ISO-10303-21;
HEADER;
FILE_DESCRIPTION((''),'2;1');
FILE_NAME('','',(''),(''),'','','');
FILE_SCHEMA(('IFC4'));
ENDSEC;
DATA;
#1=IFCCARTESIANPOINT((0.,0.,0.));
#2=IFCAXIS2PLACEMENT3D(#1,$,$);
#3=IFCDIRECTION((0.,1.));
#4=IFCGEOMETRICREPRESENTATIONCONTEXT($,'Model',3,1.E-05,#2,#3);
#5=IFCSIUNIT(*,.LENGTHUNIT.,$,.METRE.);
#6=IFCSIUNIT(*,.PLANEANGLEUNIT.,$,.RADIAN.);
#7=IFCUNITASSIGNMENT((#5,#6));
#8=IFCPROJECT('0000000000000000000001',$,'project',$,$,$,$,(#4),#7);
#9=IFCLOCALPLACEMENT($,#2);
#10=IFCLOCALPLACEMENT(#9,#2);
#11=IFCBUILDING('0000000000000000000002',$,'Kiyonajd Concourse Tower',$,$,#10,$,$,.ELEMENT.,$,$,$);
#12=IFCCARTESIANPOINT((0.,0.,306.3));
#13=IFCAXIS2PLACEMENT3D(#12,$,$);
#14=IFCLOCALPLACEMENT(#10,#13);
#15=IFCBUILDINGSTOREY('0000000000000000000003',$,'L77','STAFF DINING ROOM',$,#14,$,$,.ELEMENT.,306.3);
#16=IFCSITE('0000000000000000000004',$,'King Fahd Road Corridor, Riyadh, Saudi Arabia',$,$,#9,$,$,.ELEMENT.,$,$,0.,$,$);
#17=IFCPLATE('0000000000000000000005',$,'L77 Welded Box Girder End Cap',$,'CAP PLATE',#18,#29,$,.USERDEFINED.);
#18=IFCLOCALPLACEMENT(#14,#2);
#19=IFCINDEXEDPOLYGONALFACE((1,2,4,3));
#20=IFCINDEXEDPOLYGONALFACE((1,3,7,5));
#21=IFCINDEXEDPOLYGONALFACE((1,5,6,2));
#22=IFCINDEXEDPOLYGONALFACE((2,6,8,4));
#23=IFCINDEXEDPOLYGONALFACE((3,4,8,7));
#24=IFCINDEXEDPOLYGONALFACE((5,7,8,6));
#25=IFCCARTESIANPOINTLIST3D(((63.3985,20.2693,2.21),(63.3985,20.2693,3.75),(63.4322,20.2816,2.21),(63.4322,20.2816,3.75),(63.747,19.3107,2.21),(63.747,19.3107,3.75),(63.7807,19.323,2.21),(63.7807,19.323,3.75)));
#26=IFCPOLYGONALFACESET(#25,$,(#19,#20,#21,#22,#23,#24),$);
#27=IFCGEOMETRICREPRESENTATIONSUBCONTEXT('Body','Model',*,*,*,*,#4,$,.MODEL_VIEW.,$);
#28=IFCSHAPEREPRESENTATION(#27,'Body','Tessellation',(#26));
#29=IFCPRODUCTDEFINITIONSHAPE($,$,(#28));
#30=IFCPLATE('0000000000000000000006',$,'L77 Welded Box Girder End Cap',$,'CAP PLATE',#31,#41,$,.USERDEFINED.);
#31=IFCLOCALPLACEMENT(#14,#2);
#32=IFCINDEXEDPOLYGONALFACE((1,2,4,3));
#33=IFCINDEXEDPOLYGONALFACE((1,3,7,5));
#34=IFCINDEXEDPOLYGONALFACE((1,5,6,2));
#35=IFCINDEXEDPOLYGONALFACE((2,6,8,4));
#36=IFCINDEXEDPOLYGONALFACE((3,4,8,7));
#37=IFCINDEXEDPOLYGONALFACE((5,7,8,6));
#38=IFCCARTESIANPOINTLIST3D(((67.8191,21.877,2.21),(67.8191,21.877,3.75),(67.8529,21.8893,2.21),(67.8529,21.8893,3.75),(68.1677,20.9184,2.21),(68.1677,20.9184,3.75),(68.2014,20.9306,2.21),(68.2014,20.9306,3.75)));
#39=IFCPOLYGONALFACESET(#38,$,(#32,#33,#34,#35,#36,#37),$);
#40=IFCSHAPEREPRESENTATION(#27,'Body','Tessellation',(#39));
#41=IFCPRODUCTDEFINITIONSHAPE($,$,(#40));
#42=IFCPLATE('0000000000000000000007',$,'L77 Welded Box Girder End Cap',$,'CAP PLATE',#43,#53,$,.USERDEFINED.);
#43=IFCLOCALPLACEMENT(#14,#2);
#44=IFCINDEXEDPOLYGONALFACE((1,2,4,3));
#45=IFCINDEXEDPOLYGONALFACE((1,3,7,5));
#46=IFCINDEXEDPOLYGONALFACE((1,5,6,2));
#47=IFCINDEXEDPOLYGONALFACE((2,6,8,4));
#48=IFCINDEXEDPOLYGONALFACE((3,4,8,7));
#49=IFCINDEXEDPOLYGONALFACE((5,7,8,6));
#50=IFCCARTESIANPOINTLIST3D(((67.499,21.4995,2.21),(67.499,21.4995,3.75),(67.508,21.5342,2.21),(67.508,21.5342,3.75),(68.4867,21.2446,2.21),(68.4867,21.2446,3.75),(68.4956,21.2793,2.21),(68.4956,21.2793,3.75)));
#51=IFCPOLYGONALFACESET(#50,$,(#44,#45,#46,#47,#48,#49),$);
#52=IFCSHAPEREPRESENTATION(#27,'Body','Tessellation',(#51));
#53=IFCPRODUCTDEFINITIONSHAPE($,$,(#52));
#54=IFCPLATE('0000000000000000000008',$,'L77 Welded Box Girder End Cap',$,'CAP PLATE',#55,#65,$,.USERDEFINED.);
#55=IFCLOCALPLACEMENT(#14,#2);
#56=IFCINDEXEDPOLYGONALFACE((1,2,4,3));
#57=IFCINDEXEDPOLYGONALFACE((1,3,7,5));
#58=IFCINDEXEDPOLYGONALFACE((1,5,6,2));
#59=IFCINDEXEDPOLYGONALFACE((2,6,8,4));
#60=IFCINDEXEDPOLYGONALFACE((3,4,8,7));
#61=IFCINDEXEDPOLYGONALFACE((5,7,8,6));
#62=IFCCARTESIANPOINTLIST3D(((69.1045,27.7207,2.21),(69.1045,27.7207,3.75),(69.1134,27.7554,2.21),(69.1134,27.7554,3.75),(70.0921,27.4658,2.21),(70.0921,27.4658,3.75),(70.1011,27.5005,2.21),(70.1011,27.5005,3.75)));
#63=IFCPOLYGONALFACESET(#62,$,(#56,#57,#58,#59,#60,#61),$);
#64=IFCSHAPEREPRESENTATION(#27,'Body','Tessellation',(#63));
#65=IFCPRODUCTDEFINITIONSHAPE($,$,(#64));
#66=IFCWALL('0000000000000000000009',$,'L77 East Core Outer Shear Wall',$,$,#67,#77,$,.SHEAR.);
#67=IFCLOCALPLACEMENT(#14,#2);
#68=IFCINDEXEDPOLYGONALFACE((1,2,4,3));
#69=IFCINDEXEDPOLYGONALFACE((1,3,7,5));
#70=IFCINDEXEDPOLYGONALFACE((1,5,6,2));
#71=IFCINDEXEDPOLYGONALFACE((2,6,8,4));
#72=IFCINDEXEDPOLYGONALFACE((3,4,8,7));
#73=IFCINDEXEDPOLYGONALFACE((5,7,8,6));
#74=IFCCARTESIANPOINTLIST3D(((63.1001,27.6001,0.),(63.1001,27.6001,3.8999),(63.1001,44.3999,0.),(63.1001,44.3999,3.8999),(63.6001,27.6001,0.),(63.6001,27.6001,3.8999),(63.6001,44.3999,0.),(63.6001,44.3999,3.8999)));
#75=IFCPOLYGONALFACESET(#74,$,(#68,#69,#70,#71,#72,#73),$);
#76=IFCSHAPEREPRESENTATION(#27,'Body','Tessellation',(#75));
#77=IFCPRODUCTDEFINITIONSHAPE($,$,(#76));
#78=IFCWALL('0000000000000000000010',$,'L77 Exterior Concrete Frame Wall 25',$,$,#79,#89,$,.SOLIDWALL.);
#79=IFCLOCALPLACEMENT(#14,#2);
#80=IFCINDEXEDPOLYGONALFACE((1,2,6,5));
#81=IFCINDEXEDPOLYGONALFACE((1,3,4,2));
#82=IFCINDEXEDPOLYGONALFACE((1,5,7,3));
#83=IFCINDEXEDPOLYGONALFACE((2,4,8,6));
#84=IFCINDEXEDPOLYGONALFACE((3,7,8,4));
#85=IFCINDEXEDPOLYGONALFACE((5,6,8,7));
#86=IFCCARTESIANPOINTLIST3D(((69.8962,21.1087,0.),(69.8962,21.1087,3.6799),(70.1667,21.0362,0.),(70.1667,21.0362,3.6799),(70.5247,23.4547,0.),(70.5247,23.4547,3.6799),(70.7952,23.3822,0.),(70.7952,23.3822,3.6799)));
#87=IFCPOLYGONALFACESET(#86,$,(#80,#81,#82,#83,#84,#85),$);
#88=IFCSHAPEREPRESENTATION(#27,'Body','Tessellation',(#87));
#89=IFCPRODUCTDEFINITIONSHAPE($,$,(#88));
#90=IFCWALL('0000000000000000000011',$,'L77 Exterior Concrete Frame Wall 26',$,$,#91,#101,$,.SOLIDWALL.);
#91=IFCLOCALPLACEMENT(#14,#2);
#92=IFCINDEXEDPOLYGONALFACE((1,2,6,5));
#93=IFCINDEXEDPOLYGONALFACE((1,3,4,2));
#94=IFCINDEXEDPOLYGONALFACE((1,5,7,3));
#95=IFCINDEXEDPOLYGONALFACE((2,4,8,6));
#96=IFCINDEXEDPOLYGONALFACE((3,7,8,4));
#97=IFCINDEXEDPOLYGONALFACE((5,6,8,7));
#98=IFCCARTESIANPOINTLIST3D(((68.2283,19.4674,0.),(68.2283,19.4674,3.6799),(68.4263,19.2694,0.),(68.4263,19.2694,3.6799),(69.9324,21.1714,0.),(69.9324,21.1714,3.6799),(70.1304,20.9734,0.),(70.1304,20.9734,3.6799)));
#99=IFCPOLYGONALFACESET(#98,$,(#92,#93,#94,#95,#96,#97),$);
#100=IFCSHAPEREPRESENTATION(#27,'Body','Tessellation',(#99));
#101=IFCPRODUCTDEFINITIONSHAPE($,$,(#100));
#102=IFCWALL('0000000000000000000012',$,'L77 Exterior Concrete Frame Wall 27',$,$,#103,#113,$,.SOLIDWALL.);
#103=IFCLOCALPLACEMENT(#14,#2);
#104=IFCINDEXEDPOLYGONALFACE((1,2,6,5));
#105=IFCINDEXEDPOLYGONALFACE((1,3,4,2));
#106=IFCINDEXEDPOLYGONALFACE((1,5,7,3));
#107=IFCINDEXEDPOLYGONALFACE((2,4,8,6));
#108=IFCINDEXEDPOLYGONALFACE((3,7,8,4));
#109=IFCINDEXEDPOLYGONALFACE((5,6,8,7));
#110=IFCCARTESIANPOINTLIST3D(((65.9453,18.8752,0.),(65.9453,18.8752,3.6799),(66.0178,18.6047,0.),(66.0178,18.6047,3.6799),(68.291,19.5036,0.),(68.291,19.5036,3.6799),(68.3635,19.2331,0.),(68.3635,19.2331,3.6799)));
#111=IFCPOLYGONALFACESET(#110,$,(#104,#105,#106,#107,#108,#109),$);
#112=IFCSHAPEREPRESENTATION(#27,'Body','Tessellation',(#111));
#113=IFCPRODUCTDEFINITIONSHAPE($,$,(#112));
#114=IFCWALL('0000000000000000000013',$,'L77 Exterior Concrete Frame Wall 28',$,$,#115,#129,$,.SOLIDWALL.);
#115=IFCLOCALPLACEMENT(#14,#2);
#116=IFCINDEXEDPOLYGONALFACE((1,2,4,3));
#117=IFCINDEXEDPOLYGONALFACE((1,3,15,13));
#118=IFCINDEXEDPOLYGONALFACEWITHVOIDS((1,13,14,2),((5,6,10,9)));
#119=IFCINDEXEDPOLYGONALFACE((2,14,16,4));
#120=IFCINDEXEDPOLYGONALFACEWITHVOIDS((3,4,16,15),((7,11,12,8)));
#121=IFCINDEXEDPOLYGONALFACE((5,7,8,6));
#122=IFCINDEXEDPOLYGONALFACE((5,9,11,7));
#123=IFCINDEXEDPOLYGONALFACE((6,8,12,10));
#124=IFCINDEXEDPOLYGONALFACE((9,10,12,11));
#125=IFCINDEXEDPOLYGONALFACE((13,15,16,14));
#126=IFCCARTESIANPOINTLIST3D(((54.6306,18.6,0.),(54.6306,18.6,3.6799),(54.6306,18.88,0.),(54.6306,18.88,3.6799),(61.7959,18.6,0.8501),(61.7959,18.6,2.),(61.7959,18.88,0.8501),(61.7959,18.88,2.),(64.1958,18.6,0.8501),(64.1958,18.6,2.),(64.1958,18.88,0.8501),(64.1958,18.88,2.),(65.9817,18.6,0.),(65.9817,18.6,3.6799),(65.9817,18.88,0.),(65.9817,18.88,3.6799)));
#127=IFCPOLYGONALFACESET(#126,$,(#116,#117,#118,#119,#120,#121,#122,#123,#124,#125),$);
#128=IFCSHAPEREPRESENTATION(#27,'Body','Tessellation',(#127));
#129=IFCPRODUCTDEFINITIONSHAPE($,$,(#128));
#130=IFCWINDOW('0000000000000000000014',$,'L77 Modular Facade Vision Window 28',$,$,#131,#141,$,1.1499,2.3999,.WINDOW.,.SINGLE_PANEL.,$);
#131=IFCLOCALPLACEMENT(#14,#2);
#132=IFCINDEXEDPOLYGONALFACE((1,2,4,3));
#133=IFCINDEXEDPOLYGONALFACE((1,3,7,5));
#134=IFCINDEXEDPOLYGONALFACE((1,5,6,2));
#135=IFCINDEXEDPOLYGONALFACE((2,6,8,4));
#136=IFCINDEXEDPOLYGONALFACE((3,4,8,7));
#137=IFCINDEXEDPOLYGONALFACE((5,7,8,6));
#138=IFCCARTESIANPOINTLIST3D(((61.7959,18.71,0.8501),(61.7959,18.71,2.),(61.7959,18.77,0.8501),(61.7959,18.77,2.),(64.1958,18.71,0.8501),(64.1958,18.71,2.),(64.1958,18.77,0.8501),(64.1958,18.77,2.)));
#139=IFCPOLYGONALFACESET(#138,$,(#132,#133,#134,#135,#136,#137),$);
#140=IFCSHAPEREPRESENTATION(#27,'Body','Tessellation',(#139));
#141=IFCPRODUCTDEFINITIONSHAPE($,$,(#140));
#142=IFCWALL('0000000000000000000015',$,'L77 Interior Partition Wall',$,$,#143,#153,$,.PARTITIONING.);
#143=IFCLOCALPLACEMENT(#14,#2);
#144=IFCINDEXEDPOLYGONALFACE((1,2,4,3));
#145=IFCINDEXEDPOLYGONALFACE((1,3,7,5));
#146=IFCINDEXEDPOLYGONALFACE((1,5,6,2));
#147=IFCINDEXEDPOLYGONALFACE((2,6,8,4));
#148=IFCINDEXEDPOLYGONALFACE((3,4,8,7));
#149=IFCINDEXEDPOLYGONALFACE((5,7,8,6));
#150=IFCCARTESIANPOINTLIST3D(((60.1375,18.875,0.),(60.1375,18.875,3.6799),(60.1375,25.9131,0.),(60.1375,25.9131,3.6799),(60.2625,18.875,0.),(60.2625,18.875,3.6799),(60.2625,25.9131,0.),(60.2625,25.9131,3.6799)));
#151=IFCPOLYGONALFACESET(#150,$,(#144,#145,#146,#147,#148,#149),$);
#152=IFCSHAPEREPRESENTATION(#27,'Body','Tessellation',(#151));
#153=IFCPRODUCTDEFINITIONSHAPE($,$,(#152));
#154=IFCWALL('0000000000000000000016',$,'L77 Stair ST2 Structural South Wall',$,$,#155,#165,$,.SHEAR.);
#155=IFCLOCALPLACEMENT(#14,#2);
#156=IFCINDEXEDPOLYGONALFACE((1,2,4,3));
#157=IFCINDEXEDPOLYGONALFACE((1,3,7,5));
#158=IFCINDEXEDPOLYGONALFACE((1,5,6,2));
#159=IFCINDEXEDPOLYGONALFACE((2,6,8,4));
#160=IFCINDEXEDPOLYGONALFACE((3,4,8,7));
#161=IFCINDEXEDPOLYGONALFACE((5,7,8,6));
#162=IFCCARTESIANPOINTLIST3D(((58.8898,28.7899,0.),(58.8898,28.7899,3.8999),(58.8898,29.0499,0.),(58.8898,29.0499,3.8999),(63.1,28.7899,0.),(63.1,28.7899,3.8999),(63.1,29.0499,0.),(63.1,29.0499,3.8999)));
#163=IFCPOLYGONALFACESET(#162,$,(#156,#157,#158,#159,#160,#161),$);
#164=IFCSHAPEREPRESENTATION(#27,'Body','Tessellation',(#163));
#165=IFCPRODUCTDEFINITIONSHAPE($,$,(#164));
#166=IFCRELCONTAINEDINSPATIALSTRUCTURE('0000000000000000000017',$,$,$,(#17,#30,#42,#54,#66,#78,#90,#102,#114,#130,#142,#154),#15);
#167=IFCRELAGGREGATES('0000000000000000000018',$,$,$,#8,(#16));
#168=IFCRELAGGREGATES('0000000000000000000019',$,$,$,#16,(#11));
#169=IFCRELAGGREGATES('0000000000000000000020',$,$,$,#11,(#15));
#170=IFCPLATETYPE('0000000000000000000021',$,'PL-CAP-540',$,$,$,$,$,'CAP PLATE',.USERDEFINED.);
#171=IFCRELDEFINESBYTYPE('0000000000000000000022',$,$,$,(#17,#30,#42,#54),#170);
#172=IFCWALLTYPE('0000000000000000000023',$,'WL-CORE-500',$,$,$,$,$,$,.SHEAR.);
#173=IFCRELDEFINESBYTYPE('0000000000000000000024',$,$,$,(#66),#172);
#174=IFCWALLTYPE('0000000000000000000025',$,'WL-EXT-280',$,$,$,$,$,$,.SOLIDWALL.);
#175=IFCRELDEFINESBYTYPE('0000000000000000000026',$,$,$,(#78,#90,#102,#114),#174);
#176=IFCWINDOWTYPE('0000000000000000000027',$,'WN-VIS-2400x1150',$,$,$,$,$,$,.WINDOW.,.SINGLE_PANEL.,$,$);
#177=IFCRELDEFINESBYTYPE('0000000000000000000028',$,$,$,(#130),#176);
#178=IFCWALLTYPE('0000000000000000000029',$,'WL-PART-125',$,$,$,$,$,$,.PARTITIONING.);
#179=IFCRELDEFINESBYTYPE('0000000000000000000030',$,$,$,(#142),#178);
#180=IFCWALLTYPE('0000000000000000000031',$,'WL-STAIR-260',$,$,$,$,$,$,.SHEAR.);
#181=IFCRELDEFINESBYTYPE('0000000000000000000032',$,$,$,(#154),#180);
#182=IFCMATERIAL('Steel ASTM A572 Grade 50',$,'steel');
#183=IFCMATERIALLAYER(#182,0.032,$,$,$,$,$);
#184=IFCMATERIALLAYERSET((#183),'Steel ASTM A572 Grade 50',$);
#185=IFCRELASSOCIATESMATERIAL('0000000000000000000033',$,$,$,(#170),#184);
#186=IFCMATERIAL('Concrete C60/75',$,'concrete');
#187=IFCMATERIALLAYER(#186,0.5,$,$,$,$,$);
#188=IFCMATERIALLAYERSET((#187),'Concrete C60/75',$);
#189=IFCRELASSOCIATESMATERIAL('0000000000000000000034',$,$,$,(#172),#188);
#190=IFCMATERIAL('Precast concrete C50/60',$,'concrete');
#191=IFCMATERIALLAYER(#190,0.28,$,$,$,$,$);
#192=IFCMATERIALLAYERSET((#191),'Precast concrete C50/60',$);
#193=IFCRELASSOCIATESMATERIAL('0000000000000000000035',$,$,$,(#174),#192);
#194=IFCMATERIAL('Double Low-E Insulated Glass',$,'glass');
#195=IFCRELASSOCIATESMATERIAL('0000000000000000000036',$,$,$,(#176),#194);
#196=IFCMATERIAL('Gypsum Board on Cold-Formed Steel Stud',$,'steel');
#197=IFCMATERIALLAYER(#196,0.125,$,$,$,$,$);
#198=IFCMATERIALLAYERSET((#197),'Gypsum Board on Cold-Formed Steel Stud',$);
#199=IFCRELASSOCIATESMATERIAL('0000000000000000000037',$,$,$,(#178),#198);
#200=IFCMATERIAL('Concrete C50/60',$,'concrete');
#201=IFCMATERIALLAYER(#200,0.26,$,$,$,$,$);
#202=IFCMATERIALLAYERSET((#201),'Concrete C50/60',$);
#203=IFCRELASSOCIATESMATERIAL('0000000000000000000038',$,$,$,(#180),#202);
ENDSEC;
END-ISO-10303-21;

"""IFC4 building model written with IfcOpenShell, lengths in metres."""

from ifc_helpers import new_model, si_unit, direction, frame, frame_2d, origin, origin_2d, place, context, subcontext, project, spatial, rectangle, extrude, material, layer, layer_set, type_object, element, fill, save


model = new_model("IFC4")

# Units and contexts
model_context = context("Model", 3, precision=1e-05, world=origin(), true_north=direction((0.0, 1.0)))
body_context = subcontext(model_context, "Body", "Model", "MODEL_VIEW")
ifc_project = project(units=[si_unit("LENGTHUNIT", "METRE"), si_unit("PLANEANGLEUNIT", "RADIAN")], contexts=[model_context])

# Site, building, storey
site_placement = place(None, origin())
site = spatial("IfcSite", under=ifc_project, at=site_placement, Name="King Fahd Road Corridor, Riyadh, Saudi Arabia", CompositionType="ELEMENT", RefElevation=0.0)
building_placement = place(site_placement, origin())
building = spatial("IfcBuilding", under=site, at=building_placement, Name="Kiyonajd Concourse Tower", CompositionType="ELEMENT")
storey_placement = place(building_placement, frame((0.0, 0.0, 306.3)))
storey = spatial("IfcBuildingStorey", under=building, at=storey_placement, Name="L77", Description="STAFF DINING ROOM", CompositionType="ELEMENT", Elevation=306.3)

# Shared definitions
ifc_material_1 = material(Name="Concrete C60/75", Category="concrete")

# Shared definitions
ifc_material_2 = material(Name="Steel ASTM A572 Grade 50", Category="steel")

# Plates
ifc_layer_1 = layer(ifc_material_2, 0.032)
ifc_layer_set_1 = layer_set([ifc_layer_1], Name="Steel ASTM A572 Grade 50")
plate_type = type_object("IfcPlateType", Name="PL-CAP-540", ElementType="CAP PLATE", PredefinedType="USERDEFINED", material=ifc_layer_set_1)
for number, where, z_axis, x_axis, name in (
    (1, (63.5896, 19.7961, 2.21), (0.0, 0.0, 1.0), (-0.939812, -0.341692, 0.0), "L77 Welded Box Girder End Cap"),
    (2, (68.0103, 21.4038, 2.21), (0.0, 0.0, 1.0), (0.939812, 0.341692, 0.0), "L77 Welded Box Girder End Cap"),
    (3, (67.9973, 21.3894, 2.21), (0.0, 0.0, 1.0), (-0.249873, -0.968279, 0.0), "L77 Welded Box Girder End Cap"),
    (4, (69.6028, 27.6106, 2.21), (0.0, 0.0, 1.0), (0.249873, 0.968279, 0.0), "L77 Welded Box Girder End Cap"),
):
    element("IfcPlate", number, at=place(storey_placement, frame(where, z_axis=z_axis, x_axis=x_axis)), inside=storey, type_object=plate_type, Name=name, ObjectType="CAP PLATE", PredefinedType="USERDEFINED", context=body_context, shape_type="SweptSolid", body=[
        extrude(rectangle(XDim=0.0359, YDim=1.02, at=origin_2d()), origin(), (0.0, 0.0, 1.0), 1.54),
    ])

# Walls
ifc_layer_2 = layer(ifc_material_1, 0.5)
ifc_layer_set_2 = layer_set([ifc_layer_2], Name="Concrete C60/75")
wall_type_1 = type_object("IfcWallType", Name="WL-CORE-500", PredefinedType="SHEAR", material=ifc_layer_set_2)
wall_1_placement = place(storey_placement, frame((63.3501, 27.6001, 0.0), z_axis=(0.0, 0.0, 1.0), x_axis=(0.0, 1.0, 0.0)))
element("IfcWall", 5, at=wall_1_placement, inside=storey, type_object=wall_type_1, Name="L77 East Core Outer Shear Wall", PredefinedType="SHEAR", context=body_context, shape_type="SweptSolid", body=[
    extrude(rectangle(XDim=16.7998, YDim=0.5, at=frame_2d((8.3999, 0.0))), origin(), (0.0, 0.0, 1.0), 3.8999),
])
ifc_material_3 = material(Name="Precast concrete C50/60", Category="concrete")
ifc_layer_3 = layer(ifc_material_3, 0.28)
ifc_layer_set_3 = layer_set([ifc_layer_3], Name="Precast concrete C50/60")
wall_type_2 = type_object("IfcWallType", Name="WL-EXT-280", PredefinedType="SOLIDWALL", material=ifc_layer_set_3)
wall_2_placement = place(storey_placement, frame((70.6599, 23.4185, 0.0), z_axis=(0.0, 0.0, 1.0), x_axis=(-0.258751, -0.965944, 0.0)))
element("IfcWall", 6, at=wall_2_placement, inside=storey, type_object=wall_type_2, Name="L77 Exterior Concrete Frame Wall 25", PredefinedType="SOLIDWALL", context=body_context, shape_type="SweptSolid", body=[
    extrude(rectangle(XDim=2.4287, YDim=0.28, at=frame_2d((1.2144, 0.0))), origin(), (0.0, 0.0, 1.0), 3.6799),
])
wall_3_placement = place(storey_placement, frame((70.0315, 21.0725, 0.0), z_axis=(0.0, 0.0, 1.0), x_axis=(-0.707107, -0.707107, 0.0)))
element("IfcWall", 7, at=wall_3_placement, inside=storey, type_object=wall_type_2, Name="L77 Exterior Concrete Frame Wall 26", PredefinedType="SOLIDWALL", context=body_context, shape_type="SweptSolid", body=[
    extrude(rectangle(XDim=2.4099, YDim=0.28, at=frame_2d((1.2051, 0.0))), origin(), (0.0, 0.0, 1.0), 3.6799),
])
wall_4_placement = place(storey_placement, frame((68.3274, 19.3684, 0.0), z_axis=(0.0, 0.0, 1.0), x_axis=(-0.965937, -0.258776, 0.0)))
element("IfcWall", 8, at=wall_4_placement, inside=storey, type_object=wall_type_2, Name="L77 Exterior Concrete Frame Wall 27", PredefinedType="SOLIDWALL", context=body_context, shape_type="SweptSolid", body=[
    extrude(rectangle(XDim=2.4285, YDim=0.28, at=frame_2d((1.2144, 0.0))), origin(), (0.0, 0.0, 1.0), 3.6799),
])

# Wall, opening, window
wall_5_placement = place(storey_placement, frame((65.9817, 18.74, 0.0), z_axis=(0.0, 0.0, 1.0), x_axis=(-1.0, 0.0, 0.0)))
wall_5 = element("IfcWall", 9, at=wall_5_placement, inside=storey, type_object=wall_type_2, Name="L77 Exterior Concrete Frame Wall 28", PredefinedType="SOLIDWALL", context=body_context, shape_type="SweptSolid", body=[
    extrude(rectangle(XDim=11.3511, YDim=0.28, at=frame_2d((5.6755, 0.0))), origin(), (0.0, 0.0, 1.0), 3.6799),
])
opening_1_placement = place(wall_5_placement, frame((1.7859, 0.0, 0.8501)))
opening_1 = element("IfcOpeningElement", 10, at=opening_1_placement, cuts=wall_5, PredefinedType="OPENING", context=body_context, shape_type="SweptSolid", body=[
    extrude(rectangle(XDim=2.3999, YDim=1.1499, at=frame_2d((1.2, 0.575))), frame((0.0, 0.1499, 0.0), z_axis=(0.0, -1.0, 0.0), x_axis=(1.0, 0.0, 0.0)), (0.0, 0.0, 1.0), 0.3),
])
ifc_material_4 = material(Name="Double Low-E Insulated Glass", Category="glass")
window_type = type_object("IfcWindowType", Name="WN-VIS-2400x1150", PartitioningType="SINGLE_PANEL", PredefinedType="WINDOW", material=ifc_material_4)
window_placement = place(opening_1_placement, origin())
window = element("IfcWindow", 11, at=window_placement, inside=storey, type_object=window_type, Name="L77 Modular Facade Vision Window 28", OverallHeight=1.1499, OverallWidth=2.3999, PartitioningType="SINGLE_PANEL", PredefinedType="WINDOW", context=body_context, shape_type="SweptSolid", body=[
    extrude(rectangle(XDim=2.3999, YDim=1.1499, at=frame_2d((1.2, 0.575))), frame((0.0, 0.03, 0.0), z_axis=(0.0, -1.0, 0.0), x_axis=(1.0, 0.0, 0.0)), (0.0, 0.0, 1.0), 0.0601),
])
fill(opening_1, window)

# Walls
ifc_material_5 = material(Name="Gypsum Board on Cold-Formed Steel Stud", Category="steel")
ifc_layer_4 = layer(ifc_material_5, 0.125)
ifc_layer_set_4 = layer_set([ifc_layer_4], Name="Gypsum Board on Cold-Formed Steel Stud")
wall_type_3 = type_object("IfcWallType", Name="WL-PART-125", PredefinedType="PARTITIONING", material=ifc_layer_set_4)
wall_6_placement = place(storey_placement, frame((60.2, 18.875, 0.0), z_axis=(0.0, 0.0, 1.0), x_axis=(0.0, 1.0, 0.0)))
element("IfcWall", 12, at=wall_6_placement, inside=storey, type_object=wall_type_3, Name="L77 Interior Partition Wall", PredefinedType="PARTITIONING", context=body_context, shape_type="SweptSolid", body=[
    extrude(rectangle(XDim=7.0381, YDim=0.125, at=frame_2d((3.519, 0.0))), origin(), (0.0, 0.0, 1.0), 3.6799),
])
ifc_material_6 = material(Name="Concrete C50/60", Category="concrete")
ifc_layer_5 = layer(ifc_material_6, 0.26)
ifc_layer_set_5 = layer_set([ifc_layer_5], Name="Concrete C50/60")
wall_type_4 = type_object("IfcWallType", Name="WL-STAIR-260", PredefinedType="SHEAR", material=ifc_layer_set_5)
wall_7_placement = place(storey_placement, frame((58.8899, 28.9199, 0.0), z_axis=(0.0, 0.0, 1.0), x_axis=(1.0, 0.0, 0.0)))
element("IfcWall", 13, at=wall_7_placement, inside=storey, type_object=wall_type_4, Name="L77 Stair ST2 Structural South Wall", PredefinedType="SHEAR", context=body_context, shape_type="SweptSolid", body=[
    extrude(rectangle(XDim=4.2102, YDim=0.26, at=frame_2d((2.105, 0.0))), origin(), (0.0, 0.0, 1.0), 3.8999),
])

save(model, "model.ifc")
